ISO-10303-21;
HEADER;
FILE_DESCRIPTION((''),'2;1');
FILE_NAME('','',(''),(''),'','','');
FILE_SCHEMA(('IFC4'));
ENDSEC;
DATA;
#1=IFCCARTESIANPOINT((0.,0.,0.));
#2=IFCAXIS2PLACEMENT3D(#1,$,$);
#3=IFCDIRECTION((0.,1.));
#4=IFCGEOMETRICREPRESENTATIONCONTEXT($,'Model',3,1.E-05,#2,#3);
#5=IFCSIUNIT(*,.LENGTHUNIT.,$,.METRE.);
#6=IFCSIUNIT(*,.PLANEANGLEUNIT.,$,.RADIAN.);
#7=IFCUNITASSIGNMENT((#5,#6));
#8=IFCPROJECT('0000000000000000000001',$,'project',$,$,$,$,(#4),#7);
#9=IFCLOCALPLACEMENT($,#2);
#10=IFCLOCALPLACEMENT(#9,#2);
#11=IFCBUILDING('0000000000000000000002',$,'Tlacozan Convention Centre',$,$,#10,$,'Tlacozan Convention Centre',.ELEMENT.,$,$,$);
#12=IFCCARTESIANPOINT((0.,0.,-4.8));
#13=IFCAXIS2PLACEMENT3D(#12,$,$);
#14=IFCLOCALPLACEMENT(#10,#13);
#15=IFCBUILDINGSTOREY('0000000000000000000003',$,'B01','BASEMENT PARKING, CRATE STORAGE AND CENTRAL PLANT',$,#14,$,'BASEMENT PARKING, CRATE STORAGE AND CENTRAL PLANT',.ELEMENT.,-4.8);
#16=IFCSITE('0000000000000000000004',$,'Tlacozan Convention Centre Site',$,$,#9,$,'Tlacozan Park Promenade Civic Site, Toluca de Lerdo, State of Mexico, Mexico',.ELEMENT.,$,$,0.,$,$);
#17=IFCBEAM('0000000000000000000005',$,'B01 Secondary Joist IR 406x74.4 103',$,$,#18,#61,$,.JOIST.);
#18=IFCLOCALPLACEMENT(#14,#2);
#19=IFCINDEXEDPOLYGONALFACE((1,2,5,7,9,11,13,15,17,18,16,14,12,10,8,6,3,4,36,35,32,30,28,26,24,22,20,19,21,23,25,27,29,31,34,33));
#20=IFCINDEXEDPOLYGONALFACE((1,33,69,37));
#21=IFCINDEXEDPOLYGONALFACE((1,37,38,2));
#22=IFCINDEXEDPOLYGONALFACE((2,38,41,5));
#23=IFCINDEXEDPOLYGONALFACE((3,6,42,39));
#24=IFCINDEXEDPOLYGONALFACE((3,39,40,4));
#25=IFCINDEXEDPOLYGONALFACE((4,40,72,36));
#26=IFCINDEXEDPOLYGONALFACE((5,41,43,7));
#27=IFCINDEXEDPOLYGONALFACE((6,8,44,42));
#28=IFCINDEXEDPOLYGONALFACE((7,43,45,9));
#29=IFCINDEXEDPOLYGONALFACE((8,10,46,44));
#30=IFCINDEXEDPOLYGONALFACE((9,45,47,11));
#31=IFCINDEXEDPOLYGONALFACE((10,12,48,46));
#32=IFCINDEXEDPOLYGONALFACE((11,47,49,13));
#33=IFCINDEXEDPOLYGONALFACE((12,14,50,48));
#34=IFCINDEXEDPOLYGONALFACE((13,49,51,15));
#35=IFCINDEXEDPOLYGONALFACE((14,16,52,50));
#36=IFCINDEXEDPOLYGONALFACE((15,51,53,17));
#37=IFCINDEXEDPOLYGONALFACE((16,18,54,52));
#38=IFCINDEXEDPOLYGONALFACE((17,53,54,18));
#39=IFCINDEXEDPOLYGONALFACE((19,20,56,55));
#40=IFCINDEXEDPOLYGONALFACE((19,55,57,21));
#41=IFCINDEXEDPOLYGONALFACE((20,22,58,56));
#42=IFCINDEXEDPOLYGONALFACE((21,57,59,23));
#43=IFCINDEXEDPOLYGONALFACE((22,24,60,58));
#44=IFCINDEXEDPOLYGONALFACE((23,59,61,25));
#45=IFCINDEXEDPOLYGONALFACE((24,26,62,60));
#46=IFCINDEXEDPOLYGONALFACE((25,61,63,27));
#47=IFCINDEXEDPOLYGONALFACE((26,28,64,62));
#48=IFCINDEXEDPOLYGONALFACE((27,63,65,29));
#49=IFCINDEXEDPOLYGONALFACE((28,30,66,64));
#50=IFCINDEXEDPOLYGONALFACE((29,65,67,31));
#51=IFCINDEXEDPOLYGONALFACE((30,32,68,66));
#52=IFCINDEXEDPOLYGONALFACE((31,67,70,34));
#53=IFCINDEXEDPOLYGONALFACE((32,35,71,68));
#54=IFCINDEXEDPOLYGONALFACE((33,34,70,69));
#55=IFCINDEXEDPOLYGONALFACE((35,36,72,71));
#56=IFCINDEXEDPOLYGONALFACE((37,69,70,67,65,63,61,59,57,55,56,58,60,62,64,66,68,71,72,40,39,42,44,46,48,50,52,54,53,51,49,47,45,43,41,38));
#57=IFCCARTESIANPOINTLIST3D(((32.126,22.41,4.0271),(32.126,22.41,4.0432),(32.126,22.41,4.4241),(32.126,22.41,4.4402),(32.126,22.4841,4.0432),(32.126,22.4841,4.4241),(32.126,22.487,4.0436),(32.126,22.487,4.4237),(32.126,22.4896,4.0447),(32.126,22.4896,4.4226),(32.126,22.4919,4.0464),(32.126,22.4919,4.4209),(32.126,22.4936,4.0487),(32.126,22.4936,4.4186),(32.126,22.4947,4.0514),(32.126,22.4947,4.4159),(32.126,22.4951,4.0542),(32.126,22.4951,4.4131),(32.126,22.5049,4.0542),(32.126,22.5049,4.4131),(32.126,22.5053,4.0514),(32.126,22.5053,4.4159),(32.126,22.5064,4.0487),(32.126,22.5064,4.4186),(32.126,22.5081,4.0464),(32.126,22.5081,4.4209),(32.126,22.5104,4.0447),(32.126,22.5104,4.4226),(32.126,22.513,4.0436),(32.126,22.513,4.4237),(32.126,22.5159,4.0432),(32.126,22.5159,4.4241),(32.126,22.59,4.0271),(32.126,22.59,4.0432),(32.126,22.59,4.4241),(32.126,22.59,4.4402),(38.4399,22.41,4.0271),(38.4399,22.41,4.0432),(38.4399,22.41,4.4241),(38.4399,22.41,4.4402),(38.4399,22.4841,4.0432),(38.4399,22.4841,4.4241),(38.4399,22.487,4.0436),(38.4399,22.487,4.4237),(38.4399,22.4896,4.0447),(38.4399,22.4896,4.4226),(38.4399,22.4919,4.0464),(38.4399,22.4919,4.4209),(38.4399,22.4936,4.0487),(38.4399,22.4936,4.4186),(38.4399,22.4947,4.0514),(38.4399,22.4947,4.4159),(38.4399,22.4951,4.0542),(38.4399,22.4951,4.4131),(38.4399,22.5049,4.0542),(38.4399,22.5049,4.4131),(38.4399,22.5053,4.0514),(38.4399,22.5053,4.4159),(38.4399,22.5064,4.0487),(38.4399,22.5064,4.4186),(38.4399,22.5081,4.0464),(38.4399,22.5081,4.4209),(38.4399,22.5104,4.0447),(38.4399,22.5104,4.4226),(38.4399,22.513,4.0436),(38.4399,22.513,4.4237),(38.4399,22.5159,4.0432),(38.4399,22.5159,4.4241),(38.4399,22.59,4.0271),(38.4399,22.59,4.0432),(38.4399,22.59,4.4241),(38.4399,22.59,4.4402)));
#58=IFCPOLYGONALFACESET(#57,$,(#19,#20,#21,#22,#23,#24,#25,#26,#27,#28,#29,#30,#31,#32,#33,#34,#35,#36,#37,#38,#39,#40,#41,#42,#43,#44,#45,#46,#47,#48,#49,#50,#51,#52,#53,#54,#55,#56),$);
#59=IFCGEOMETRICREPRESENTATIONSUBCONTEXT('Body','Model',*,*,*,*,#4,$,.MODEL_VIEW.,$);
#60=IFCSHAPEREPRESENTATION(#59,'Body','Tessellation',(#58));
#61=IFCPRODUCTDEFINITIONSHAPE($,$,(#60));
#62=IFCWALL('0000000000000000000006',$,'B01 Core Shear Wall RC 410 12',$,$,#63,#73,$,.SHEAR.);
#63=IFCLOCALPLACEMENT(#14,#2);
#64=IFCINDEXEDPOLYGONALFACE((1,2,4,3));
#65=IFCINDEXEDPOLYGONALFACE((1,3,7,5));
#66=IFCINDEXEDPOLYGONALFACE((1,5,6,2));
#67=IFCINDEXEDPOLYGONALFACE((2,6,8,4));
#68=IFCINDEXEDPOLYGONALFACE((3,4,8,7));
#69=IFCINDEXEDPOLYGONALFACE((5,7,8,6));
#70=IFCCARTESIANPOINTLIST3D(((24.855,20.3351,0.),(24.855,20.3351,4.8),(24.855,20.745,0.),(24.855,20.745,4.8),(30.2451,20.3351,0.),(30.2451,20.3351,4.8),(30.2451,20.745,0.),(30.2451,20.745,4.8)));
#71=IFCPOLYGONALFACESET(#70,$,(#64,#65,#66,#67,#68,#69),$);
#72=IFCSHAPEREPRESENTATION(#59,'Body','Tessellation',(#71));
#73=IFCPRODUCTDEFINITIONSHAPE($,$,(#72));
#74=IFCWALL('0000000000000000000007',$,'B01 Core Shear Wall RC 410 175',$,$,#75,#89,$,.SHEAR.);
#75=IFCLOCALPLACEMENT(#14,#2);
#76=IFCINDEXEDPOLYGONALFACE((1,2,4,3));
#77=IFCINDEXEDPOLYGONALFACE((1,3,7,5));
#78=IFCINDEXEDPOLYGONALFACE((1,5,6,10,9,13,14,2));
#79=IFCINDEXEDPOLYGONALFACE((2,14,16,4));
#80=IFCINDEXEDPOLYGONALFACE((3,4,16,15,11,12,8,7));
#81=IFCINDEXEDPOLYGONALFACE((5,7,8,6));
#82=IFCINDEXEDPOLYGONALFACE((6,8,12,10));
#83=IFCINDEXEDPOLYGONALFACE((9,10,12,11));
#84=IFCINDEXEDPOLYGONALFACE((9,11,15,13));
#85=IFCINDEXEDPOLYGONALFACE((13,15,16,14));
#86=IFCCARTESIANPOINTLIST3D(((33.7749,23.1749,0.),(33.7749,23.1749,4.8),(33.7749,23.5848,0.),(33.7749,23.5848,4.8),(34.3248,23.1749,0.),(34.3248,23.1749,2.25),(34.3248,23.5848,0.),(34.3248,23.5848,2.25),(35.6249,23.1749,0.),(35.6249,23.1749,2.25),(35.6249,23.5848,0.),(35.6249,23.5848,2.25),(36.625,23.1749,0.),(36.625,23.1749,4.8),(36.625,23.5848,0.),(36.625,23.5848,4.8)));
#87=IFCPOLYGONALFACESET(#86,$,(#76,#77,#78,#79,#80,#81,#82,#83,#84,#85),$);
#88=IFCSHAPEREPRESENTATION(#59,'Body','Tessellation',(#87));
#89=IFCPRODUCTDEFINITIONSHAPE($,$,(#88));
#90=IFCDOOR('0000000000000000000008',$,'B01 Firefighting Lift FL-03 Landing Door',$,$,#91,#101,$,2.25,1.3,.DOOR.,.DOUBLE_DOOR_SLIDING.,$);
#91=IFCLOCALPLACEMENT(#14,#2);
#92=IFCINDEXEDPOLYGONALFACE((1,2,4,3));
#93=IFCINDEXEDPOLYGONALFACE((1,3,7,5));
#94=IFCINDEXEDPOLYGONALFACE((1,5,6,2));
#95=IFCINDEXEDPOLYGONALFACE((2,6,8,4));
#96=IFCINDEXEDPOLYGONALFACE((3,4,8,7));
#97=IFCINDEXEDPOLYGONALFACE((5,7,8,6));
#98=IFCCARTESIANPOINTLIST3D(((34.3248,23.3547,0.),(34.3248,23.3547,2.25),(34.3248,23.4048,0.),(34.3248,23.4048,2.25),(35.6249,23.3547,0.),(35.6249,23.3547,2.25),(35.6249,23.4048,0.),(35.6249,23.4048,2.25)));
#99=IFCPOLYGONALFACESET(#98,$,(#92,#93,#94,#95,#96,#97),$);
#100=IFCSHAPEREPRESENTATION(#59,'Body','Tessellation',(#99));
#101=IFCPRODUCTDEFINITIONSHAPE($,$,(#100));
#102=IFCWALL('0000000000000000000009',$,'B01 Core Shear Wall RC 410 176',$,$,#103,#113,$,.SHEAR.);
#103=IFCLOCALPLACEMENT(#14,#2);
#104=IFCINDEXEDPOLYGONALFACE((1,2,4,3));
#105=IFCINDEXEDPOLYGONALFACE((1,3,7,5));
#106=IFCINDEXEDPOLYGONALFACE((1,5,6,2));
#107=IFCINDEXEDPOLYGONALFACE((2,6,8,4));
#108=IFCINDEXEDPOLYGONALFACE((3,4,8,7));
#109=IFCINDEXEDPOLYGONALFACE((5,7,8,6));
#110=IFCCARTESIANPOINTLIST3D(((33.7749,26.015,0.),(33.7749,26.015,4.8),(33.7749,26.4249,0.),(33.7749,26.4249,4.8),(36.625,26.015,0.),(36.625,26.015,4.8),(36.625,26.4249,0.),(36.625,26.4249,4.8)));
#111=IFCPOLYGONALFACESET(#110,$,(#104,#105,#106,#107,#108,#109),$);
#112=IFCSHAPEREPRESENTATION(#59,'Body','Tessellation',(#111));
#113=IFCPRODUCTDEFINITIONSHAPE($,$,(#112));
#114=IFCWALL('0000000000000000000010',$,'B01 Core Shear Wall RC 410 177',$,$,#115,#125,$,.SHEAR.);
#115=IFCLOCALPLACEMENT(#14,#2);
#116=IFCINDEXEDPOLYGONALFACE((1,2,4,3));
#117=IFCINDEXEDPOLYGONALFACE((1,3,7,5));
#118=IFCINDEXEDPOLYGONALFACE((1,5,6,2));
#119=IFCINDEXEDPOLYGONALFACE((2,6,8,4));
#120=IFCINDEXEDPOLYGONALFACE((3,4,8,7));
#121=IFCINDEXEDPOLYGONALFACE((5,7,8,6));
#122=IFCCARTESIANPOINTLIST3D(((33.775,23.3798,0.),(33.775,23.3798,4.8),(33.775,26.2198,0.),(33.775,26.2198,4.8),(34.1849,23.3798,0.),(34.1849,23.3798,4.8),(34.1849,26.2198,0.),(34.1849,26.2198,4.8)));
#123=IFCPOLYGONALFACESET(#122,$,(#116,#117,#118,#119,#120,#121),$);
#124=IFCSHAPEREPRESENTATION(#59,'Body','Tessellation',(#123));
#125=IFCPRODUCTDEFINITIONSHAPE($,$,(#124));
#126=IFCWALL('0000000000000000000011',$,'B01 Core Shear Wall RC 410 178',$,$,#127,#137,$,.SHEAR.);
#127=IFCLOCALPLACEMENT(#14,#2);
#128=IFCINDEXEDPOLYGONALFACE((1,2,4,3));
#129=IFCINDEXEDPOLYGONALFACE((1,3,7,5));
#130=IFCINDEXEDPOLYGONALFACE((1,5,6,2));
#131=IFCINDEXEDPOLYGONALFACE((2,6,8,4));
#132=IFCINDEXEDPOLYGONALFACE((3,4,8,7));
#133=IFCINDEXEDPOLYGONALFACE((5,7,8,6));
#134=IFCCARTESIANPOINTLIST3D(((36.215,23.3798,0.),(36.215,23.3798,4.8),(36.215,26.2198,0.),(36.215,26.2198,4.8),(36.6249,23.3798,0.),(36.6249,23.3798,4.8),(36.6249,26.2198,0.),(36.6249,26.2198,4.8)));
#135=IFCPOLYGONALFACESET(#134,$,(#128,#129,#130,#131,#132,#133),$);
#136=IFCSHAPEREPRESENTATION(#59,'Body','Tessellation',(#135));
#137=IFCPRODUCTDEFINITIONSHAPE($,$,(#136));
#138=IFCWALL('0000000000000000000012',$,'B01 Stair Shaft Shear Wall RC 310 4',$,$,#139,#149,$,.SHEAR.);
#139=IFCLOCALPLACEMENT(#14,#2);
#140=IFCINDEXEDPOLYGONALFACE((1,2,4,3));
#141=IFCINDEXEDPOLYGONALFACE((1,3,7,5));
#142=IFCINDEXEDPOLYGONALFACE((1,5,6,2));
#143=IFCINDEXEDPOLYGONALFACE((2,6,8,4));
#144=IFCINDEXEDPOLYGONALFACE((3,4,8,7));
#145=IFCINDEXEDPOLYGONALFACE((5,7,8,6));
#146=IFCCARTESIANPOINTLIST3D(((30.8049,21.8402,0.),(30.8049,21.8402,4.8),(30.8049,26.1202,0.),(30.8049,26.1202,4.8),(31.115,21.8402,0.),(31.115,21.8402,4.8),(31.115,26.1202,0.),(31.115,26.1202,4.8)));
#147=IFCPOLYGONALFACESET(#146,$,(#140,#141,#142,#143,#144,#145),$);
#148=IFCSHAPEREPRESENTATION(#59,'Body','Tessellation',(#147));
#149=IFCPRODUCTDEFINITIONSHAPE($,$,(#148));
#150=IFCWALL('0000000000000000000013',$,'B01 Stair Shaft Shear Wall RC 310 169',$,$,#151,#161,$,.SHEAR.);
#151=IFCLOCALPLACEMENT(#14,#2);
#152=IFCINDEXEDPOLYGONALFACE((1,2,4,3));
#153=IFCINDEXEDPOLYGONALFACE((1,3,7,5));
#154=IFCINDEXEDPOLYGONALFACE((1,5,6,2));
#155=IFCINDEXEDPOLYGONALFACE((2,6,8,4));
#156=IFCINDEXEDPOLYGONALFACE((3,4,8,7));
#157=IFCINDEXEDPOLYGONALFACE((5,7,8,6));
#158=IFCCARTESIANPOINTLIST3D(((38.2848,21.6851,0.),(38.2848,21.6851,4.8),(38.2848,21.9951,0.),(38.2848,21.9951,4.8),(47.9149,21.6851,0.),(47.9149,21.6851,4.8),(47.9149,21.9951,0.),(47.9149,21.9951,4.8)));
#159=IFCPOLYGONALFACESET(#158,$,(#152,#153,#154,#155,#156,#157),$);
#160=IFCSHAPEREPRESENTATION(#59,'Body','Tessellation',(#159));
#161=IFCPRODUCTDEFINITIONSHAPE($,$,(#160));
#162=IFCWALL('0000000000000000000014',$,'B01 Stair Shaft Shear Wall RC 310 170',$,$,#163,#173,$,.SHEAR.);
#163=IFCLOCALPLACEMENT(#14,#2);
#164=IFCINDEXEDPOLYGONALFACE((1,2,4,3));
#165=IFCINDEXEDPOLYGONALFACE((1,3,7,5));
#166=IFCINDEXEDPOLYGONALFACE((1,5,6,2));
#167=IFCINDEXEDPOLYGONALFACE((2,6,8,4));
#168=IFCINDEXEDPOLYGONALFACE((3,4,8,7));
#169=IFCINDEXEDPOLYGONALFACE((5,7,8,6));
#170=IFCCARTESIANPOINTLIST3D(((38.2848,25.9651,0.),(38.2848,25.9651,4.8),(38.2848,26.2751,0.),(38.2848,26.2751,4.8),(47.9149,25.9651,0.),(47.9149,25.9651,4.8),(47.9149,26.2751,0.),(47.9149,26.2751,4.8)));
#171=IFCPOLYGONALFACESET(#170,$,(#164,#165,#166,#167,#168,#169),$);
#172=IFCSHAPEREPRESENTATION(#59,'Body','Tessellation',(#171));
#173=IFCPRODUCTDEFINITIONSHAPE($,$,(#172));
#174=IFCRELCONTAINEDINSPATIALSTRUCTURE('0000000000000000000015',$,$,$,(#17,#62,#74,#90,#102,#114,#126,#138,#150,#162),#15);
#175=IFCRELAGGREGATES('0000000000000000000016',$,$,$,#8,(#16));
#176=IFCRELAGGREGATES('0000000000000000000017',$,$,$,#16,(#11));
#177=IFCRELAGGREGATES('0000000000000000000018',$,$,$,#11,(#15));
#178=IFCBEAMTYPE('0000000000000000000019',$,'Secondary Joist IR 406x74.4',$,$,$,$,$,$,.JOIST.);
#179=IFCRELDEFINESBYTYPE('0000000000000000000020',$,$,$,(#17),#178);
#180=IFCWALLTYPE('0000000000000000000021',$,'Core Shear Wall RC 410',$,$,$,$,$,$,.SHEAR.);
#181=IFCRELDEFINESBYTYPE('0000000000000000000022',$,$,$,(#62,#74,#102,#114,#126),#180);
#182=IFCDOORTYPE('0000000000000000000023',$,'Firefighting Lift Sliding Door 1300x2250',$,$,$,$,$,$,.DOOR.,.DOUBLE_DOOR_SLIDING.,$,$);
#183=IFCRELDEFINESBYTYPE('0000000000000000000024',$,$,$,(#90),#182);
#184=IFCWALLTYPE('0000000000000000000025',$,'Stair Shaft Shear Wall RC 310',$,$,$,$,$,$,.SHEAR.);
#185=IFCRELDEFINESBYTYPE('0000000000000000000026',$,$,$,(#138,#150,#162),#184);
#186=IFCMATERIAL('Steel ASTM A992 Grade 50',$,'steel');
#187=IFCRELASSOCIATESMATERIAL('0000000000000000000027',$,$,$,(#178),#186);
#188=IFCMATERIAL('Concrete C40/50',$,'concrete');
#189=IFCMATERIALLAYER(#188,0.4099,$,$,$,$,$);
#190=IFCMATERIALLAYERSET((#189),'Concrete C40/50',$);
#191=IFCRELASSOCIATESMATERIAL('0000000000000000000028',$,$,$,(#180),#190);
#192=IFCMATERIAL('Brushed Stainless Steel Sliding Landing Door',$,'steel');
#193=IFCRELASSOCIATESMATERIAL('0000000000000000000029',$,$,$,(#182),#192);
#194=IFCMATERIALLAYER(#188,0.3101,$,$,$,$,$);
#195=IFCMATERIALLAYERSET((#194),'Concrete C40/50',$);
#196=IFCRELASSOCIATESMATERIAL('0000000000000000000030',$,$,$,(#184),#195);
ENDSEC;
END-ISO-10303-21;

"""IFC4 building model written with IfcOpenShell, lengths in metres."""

from ifc_helpers import new_model, si_unit, direction, frame, frame_2d, origin, origin_2d, place, context, subcontext, project, spatial, rectangle, i_section, extrude, material, layer, layer_set, material_profile, profile_set, type_object, element, fill, save


model = new_model("IFC4")

# Units and contexts
model_context = context("Model", 3, precision=1e-05, world=origin(), true_north=direction((0.0, 1.0)))
body_context = subcontext(model_context, "Body", "Model", "MODEL_VIEW")
ifc_project = project(units=[si_unit("LENGTHUNIT", "METRE"), si_unit("PLANEANGLEUNIT", "RADIAN")], contexts=[model_context])

# Site, building, storey
site_placement = place(None, origin())
site = spatial("IfcSite", under=ifc_project, at=site_placement, Name="Tlacozan Convention Centre Site", LongName="Tlacozan Park Promenade Civic Site, Toluca de Lerdo, State of Mexico, Mexico", CompositionType="ELEMENT", RefElevation=0.0)
building_placement = place(site_placement, origin())
building = spatial("IfcBuilding", under=site, at=building_placement, Name="Tlacozan Convention Centre", LongName="Tlacozan Convention Centre", CompositionType="ELEMENT")
storey_placement = place(building_placement, frame((0.0, 0.0, -4.8)))
storey = spatial("IfcBuildingStorey", under=building, at=storey_placement, Name="B01", Description="BASEMENT PARKING, CRATE STORAGE AND CENTRAL PLANT", LongName="BASEMENT PARKING, CRATE STORAGE AND CENTRAL PLANT", CompositionType="ELEMENT", Elevation=-4.8)

# Beam
ifc_material_1 = material(Name="Steel ASTM A992 Grade 50", Category="steel")
ifc_material_profile_1 = material_profile(ifc_material_1, i_section(OverallWidth=0.1799, OverallDepth=0.4131, WebThickness=0.0098, FlangeThickness=0.0161, FilletRadius=0.011, at=origin_2d()), Name="IR 406x74.4")
ifc_profile_set_1 = profile_set([ifc_material_profile_1], Name="Steel ASTM A992 Grade 50")
beam_type = type_object("IfcBeamType", Name="Secondary Joist IR 406x74.4", PredefinedType="JOIST", material=ifc_profile_set_1)
beam_placement = place(storey_placement, frame((32.126, 22.5, 4.2336), z_axis=(1.0, 0.0, 0.0), x_axis=(0.0, 1.0, 0.0)))
element("IfcBeam", 1, at=beam_placement, inside=storey, type_object=beam_type, Name="B01 Secondary Joist IR 406x74.4 103", PredefinedType="JOIST", context=body_context, shape_type="SweptSolid", body=[
    extrude(i_section(OverallWidth=0.1799, OverallDepth=0.4131, WebThickness=0.0098, FlangeThickness=0.0161, FilletRadius=0.011, at=origin_2d()), origin(), (0.0, 0.0, 1.0), 6.314),
])

# Wall
ifc_material_2 = material(Name="Concrete C40/50", Category="concrete")
ifc_layer_1 = layer(ifc_material_2, 0.4099)
ifc_layer_set_1 = layer_set([ifc_layer_1], Name="Concrete C40/50")
wall_type_1 = type_object("IfcWallType", Name="Core Shear Wall RC 410", PredefinedType="SHEAR", material=ifc_layer_set_1)
wall_1_placement = place(storey_placement, frame((24.855, 20.54, 0.0), z_axis=(0.0, 0.0, 1.0), x_axis=(1.0, 0.0, 0.0)))
element("IfcWall", 2, at=wall_1_placement, inside=storey, type_object=wall_type_1, Name="B01 Core Shear Wall RC 410 12", PredefinedType="SHEAR", context=body_context, shape_type="SweptSolid", body=[
    extrude(rectangle(XDim=5.3901, YDim=0.4099, at=frame_2d((2.6951, 0.0))), origin(), (0.0, 0.0, 1.0), 4.8),
])

# Wall, opening, door
wall_2_placement = place(storey_placement, frame((33.7749, 23.3799, 0.0), z_axis=(0.0, 0.0, 1.0), x_axis=(1.0, 0.0, 0.0)))
wall_2 = element("IfcWall", 3, at=wall_2_placement, inside=storey, type_object=wall_type_1, Name="B01 Core Shear Wall RC 410 175", PredefinedType="SHEAR", context=body_context, shape_type="SweptSolid", body=[
    extrude(rectangle(XDim=2.8501, YDim=0.4099, at=frame_2d((1.425, 0.0))), origin(), (0.0, 0.0, 1.0), 4.8),
])
opening_1_placement = place(wall_2_placement, frame((0.55, 0.0, 0.0)))
opening_1 = element("IfcOpeningElement", 4, at=opening_1_placement, cuts=wall_2, PredefinedType="OPENING", context=body_context, shape_type="SweptSolid", body=[
    extrude(rectangle(XDim=1.3, YDim=2.25, at=frame_2d((0.6499, 1.125))), frame((0.0, 0.2148, 0.0), z_axis=(0.0, -1.0, 0.0), x_axis=(1.0, 0.0, 0.0)), (0.0, 0.0, 1.0), 0.4299),
])
ifc_material_3 = material(Name="Brushed Stainless Steel Sliding Landing Door", Category="steel")
door_type_1 = type_object("IfcDoorType", Name="Firefighting Lift Sliding Door 1300x2250", OperationType="DOUBLE_DOOR_SLIDING", PredefinedType="DOOR", material=ifc_material_3)
door_1_placement = place(opening_1_placement, origin())
door_1 = element("IfcDoor", 5, at=door_1_placement, inside=storey, type_object=door_type_1, Name="B01 Firefighting Lift FL-03 Landing Door", OperationType="DOUBLE_DOOR_SLIDING", OverallHeight=2.25, OverallWidth=1.3, PredefinedType="DOOR", context=body_context, shape_type="SweptSolid", body=[
    extrude(rectangle(XDim=1.3, YDim=2.25, at=frame_2d((0.6499, 1.125))), frame((0.0, 0.0249, 0.0), z_axis=(0.0, -1.0, 0.0), x_axis=(1.0, 0.0, 0.0)), (0.0, 0.0, 1.0), 0.05),
])
fill(opening_1, door_1)

# Walls
wall_3_placement = place(storey_placement, frame((33.7749, 26.22, 0.0), z_axis=(0.0, 0.0, 1.0), x_axis=(1.0, 0.0, 0.0)))
element("IfcWall", 6, at=wall_3_placement, inside=storey, type_object=wall_type_1, Name="B01 Core Shear Wall RC 410 176", PredefinedType="SHEAR", context=body_context, shape_type="SweptSolid", body=[
    extrude(rectangle(XDim=2.8501, YDim=0.4099, at=frame_2d((1.425, 0.0))), origin(), (0.0, 0.0, 1.0), 4.8),
])
for number, where, z_axis, x_axis, name in (
    (7, (33.98, 23.3799, 0.0), (0.0, 0.0, 1.0), (0.0, 1.0, 0.0), "B01 Core Shear Wall RC 410 177"),
    (8, (36.4199, 23.3799, 0.0), (0.0, 0.0, 1.0), (0.0, 1.0, 0.0), "B01 Core Shear Wall RC 410 178"),
):
    element("IfcWall", number, at=place(storey_placement, frame(where, z_axis=z_axis, x_axis=x_axis)), inside=storey, type_object=wall_type_1, Name=name, PredefinedType="SHEAR", context=body_context, shape_type="SweptSolid", body=[
        extrude(rectangle(XDim=2.8401, YDim=0.4099, at=frame_2d((1.4199, 0.0))), origin(), (0.0, 0.0, 1.0), 4.8),
    ])
ifc_layer_2 = layer(ifc_material_2, 0.3101)
ifc_layer_set_2 = layer_set([ifc_layer_2], Name="Concrete C40/50")
wall_type_2 = type_object("IfcWallType", Name="Stair Shaft Shear Wall RC 310", PredefinedType="SHEAR", material=ifc_layer_set_2)
wall_4_placement = place(storey_placement, frame((30.96, 21.8401, 0.0), z_axis=(0.0, 0.0, 1.0), x_axis=(0.0, 1.0, 0.0)))
element("IfcWall", 9, at=wall_4_placement, inside=storey, type_object=wall_type_2, Name="B01 Stair Shaft Shear Wall RC 310 4", PredefinedType="SHEAR", context=body_context, shape_type="SweptSolid", body=[
    extrude(rectangle(XDim=4.28, YDim=0.3101, at=frame_2d((2.1401, 0.0))), origin(), (0.0, 0.0, 1.0), 4.8),
])
for number, where, z_axis, x_axis, name in (
    (10, (38.2849, 21.8401, 0.0), (0.0, 0.0, 1.0), (1.0, 0.0, 0.0), "B01 Stair Shaft Shear Wall RC 310 169"),
    (11, (38.2849, 26.1201, 0.0), (0.0, 0.0, 1.0), (1.0, 0.0, 0.0), "B01 Stair Shaft Shear Wall RC 310 170"),
):
    element("IfcWall", number, at=place(storey_placement, frame(where, z_axis=z_axis, x_axis=x_axis)), inside=storey, type_object=wall_type_2, Name=name, PredefinedType="SHEAR", context=body_context, shape_type="SweptSolid", body=[
        extrude(rectangle(XDim=9.6301, YDim=0.3101, at=frame_2d((4.8149, 0.0))), origin(), (0.0, 0.0, 1.0), 4.8),
    ])

save(model, "model.ifc")
